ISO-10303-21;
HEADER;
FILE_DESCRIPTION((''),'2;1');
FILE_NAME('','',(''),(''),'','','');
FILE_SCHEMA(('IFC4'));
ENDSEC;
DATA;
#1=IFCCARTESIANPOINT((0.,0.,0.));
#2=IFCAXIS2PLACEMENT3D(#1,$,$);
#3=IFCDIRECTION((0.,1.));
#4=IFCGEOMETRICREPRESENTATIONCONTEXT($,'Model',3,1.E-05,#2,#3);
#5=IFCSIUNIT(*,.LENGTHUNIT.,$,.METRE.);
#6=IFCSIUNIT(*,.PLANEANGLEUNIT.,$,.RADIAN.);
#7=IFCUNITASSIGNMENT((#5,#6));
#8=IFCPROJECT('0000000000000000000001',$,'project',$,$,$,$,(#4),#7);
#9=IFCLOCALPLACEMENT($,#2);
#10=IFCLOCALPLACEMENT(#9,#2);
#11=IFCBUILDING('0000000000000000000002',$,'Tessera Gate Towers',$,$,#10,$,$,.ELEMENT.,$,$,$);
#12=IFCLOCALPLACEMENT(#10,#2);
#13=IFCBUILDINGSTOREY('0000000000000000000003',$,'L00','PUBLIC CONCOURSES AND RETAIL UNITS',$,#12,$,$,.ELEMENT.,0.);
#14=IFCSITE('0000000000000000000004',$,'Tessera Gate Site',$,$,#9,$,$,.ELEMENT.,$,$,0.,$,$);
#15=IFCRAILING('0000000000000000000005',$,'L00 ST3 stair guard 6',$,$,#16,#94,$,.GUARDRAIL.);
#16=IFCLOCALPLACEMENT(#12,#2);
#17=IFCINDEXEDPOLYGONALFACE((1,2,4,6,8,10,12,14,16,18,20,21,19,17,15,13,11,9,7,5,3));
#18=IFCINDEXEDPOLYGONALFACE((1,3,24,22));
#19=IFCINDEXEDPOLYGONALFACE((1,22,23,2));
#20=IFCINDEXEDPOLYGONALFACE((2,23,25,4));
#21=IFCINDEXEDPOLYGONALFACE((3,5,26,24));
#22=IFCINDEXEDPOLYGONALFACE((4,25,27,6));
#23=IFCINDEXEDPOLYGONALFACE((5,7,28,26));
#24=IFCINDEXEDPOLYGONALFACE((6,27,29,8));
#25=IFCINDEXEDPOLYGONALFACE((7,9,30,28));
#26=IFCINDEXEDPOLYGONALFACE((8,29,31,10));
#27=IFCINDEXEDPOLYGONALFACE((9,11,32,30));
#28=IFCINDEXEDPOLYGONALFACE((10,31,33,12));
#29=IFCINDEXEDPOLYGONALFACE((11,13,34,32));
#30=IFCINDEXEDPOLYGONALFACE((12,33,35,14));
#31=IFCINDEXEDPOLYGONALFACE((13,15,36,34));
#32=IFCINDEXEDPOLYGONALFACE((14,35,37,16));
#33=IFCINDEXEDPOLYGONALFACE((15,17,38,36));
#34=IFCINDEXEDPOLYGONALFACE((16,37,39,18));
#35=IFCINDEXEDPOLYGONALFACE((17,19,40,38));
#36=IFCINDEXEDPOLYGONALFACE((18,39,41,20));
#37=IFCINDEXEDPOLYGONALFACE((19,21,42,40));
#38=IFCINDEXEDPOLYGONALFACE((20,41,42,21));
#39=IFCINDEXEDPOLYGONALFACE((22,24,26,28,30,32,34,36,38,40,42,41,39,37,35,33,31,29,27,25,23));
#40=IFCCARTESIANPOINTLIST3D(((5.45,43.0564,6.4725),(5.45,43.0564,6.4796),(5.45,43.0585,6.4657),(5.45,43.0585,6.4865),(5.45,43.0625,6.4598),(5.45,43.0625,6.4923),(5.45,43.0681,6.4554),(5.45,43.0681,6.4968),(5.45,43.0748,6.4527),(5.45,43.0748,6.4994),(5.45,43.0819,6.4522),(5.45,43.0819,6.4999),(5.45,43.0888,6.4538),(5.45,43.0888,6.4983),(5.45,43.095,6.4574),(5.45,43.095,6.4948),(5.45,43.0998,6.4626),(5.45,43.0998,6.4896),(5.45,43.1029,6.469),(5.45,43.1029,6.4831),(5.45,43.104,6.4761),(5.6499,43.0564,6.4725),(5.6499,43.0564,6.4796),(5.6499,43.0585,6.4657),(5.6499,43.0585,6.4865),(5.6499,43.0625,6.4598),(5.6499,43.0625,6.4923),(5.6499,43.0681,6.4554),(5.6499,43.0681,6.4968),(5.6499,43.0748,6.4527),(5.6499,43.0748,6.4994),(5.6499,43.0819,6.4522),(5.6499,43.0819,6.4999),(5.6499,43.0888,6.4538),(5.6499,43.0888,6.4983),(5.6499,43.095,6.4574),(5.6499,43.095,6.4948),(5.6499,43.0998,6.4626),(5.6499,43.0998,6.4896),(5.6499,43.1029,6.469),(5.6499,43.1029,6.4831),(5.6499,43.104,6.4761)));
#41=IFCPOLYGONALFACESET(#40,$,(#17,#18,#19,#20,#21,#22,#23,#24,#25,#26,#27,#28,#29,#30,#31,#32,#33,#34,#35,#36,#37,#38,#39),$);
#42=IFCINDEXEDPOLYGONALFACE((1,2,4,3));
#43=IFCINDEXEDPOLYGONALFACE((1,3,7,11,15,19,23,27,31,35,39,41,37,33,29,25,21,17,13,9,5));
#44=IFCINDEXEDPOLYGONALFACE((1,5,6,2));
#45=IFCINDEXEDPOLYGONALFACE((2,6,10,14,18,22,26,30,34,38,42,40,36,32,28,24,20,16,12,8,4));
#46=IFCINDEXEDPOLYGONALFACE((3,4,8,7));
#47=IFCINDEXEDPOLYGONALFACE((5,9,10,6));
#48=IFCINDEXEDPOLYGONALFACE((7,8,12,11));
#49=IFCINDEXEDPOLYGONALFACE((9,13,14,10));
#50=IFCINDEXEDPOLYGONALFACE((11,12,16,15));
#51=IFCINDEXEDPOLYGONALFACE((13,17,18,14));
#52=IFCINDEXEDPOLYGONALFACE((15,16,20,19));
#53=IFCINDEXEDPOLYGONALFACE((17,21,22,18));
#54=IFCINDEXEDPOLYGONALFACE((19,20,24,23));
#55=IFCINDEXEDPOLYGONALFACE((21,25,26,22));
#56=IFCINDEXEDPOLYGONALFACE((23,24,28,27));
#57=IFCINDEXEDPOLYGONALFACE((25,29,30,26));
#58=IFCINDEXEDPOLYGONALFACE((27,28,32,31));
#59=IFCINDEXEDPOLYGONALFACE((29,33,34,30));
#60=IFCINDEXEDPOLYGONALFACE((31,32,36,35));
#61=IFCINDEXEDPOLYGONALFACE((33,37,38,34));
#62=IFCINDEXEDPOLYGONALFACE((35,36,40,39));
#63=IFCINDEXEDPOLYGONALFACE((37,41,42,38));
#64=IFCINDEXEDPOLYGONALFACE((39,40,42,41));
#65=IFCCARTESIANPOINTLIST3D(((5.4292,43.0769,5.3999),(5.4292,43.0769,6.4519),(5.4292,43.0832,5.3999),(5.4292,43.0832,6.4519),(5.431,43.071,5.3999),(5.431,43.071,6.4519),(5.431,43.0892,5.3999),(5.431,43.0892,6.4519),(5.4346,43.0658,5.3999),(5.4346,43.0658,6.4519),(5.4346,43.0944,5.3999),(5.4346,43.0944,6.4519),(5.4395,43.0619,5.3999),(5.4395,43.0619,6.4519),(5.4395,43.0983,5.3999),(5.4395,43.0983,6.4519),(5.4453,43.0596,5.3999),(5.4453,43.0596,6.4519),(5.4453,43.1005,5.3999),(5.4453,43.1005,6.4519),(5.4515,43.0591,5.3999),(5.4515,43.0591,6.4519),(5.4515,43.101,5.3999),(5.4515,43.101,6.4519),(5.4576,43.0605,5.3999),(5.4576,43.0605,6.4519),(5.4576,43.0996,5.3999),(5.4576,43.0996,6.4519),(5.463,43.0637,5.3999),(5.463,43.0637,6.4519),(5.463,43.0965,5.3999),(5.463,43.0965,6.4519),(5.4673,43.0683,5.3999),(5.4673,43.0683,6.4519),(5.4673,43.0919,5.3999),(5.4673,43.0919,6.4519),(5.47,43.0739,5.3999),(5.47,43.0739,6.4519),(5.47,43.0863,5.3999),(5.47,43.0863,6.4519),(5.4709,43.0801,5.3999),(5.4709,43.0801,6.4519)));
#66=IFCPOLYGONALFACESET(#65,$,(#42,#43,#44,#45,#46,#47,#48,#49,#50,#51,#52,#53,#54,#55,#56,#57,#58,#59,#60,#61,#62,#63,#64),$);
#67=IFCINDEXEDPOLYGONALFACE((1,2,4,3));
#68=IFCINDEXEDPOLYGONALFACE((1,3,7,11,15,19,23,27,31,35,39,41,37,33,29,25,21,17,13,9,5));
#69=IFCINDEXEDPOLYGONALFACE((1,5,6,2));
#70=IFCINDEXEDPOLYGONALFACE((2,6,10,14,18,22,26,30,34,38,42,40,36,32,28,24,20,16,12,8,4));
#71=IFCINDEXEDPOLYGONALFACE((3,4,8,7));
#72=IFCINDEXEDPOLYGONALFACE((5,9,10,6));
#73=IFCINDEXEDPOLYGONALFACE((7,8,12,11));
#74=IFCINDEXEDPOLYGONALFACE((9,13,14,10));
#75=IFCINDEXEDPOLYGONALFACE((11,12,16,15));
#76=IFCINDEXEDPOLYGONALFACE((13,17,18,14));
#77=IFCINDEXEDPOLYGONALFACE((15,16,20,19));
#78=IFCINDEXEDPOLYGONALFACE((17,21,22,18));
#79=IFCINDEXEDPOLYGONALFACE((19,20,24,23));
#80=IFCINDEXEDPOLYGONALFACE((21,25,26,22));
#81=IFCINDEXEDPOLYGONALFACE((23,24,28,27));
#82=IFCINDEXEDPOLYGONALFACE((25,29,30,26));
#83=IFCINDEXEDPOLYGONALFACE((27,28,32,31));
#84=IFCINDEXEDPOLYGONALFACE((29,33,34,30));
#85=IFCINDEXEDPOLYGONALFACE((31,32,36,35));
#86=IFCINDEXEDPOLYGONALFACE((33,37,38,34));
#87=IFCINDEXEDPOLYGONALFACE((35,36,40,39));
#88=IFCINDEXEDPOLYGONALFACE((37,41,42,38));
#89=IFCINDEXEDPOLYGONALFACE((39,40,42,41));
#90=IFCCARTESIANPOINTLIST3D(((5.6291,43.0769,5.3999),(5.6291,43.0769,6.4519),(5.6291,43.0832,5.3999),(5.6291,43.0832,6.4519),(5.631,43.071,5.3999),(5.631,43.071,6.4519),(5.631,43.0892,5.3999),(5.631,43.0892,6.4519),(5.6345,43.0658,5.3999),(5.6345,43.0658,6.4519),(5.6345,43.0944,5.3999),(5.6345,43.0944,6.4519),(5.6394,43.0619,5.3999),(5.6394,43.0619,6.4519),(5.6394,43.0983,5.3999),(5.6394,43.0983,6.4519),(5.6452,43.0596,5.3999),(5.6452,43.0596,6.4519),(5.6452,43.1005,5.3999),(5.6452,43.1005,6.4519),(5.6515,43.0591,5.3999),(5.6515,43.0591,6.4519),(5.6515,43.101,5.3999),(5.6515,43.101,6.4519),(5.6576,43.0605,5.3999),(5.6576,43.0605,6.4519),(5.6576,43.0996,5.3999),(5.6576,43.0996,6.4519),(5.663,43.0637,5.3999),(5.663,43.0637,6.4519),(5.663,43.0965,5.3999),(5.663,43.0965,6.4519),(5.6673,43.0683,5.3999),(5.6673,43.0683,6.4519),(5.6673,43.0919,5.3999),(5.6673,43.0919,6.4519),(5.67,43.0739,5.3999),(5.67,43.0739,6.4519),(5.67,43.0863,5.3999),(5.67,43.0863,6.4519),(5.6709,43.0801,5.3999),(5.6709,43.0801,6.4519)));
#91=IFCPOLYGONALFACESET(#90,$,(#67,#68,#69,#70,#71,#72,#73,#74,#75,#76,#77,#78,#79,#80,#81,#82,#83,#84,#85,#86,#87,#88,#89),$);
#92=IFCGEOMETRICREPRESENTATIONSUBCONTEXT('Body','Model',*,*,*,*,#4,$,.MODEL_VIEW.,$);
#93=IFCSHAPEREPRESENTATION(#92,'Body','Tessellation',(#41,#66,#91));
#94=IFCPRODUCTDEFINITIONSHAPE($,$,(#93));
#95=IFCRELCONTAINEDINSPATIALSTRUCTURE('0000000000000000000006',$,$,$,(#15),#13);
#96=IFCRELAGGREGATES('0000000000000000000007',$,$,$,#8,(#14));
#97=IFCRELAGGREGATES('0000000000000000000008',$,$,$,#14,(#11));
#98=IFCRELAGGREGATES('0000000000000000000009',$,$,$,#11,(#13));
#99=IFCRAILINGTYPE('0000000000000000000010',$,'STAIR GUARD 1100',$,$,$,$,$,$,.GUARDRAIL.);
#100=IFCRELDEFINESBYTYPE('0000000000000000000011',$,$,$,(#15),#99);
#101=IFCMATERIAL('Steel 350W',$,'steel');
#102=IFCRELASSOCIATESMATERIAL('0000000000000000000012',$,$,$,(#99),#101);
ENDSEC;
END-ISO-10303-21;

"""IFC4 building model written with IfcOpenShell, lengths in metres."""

from ifc_helpers import new_model, si_unit, direction, frame, origin, origin_2d, place, context, subcontext, project, spatial, circle, extrude, material, type_object, element, save


model = new_model("IFC4")

# Units and contexts
model_context = context("Model", 3, precision=1e-05, world=origin(), true_north=direction((0.0, 1.0)))
body_context = subcontext(model_context, "Body", "Model", "MODEL_VIEW")
ifc_project = project(units=[si_unit("LENGTHUNIT", "METRE"), si_unit("PLANEANGLEUNIT", "RADIAN")], contexts=[model_context])

# Site, building, storey
site_placement = place(None, origin())
site = spatial("IfcSite", under=ifc_project, at=site_placement, Name="Tessera Gate Site", CompositionType="ELEMENT", RefElevation=0.0)
building_placement = place(site_placement, origin())
building = spatial("IfcBuilding", under=site, at=building_placement, Name="Tessera Gate Towers", CompositionType="ELEMENT")
storey_placement = place(building_placement, origin())
storey = spatial("IfcBuildingStorey", under=building, at=storey_placement, Name="L00", Description="PUBLIC CONCOURSES AND RETAIL UNITS", CompositionType="ELEMENT", Elevation=0.0)

# Railing
ifc_material_1 = material(Name="Steel 350W", Category="steel")
railing_type = type_object("IfcRailingType", Name="STAIR GUARD 1100", PredefinedType="GUARDRAIL", material=ifc_material_1)
railing_placement = place(storey_placement, frame((5.45, 43.0801, 5.3999)))
element("IfcRailing", 1, at=railing_placement, inside=storey, type_object=railing_type, Name="L00 ST3 stair guard 6", PredefinedType="GUARDRAIL", context=body_context, shape_type="SweptSolid", body=[
    extrude(circle(Radius=0.0239, at=origin_2d()), frame((0.0, 0.0, 1.0762), z_axis=(1.0, 0.0, 0.0), x_axis=(0.0, 1.0, 0.0)), (0.0, 0.0, 1.0), 0.2),
    extrude(circle(Radius=0.021, at=origin_2d()), origin(), (0.0, 0.0, 1.0), 1.052),
    extrude(circle(Radius=0.021, at=origin_2d()), frame((0.2, 0.0, 0.0)), (0.0, 0.0, 1.0), 1.052),
])

save(model, "model.ifc")
